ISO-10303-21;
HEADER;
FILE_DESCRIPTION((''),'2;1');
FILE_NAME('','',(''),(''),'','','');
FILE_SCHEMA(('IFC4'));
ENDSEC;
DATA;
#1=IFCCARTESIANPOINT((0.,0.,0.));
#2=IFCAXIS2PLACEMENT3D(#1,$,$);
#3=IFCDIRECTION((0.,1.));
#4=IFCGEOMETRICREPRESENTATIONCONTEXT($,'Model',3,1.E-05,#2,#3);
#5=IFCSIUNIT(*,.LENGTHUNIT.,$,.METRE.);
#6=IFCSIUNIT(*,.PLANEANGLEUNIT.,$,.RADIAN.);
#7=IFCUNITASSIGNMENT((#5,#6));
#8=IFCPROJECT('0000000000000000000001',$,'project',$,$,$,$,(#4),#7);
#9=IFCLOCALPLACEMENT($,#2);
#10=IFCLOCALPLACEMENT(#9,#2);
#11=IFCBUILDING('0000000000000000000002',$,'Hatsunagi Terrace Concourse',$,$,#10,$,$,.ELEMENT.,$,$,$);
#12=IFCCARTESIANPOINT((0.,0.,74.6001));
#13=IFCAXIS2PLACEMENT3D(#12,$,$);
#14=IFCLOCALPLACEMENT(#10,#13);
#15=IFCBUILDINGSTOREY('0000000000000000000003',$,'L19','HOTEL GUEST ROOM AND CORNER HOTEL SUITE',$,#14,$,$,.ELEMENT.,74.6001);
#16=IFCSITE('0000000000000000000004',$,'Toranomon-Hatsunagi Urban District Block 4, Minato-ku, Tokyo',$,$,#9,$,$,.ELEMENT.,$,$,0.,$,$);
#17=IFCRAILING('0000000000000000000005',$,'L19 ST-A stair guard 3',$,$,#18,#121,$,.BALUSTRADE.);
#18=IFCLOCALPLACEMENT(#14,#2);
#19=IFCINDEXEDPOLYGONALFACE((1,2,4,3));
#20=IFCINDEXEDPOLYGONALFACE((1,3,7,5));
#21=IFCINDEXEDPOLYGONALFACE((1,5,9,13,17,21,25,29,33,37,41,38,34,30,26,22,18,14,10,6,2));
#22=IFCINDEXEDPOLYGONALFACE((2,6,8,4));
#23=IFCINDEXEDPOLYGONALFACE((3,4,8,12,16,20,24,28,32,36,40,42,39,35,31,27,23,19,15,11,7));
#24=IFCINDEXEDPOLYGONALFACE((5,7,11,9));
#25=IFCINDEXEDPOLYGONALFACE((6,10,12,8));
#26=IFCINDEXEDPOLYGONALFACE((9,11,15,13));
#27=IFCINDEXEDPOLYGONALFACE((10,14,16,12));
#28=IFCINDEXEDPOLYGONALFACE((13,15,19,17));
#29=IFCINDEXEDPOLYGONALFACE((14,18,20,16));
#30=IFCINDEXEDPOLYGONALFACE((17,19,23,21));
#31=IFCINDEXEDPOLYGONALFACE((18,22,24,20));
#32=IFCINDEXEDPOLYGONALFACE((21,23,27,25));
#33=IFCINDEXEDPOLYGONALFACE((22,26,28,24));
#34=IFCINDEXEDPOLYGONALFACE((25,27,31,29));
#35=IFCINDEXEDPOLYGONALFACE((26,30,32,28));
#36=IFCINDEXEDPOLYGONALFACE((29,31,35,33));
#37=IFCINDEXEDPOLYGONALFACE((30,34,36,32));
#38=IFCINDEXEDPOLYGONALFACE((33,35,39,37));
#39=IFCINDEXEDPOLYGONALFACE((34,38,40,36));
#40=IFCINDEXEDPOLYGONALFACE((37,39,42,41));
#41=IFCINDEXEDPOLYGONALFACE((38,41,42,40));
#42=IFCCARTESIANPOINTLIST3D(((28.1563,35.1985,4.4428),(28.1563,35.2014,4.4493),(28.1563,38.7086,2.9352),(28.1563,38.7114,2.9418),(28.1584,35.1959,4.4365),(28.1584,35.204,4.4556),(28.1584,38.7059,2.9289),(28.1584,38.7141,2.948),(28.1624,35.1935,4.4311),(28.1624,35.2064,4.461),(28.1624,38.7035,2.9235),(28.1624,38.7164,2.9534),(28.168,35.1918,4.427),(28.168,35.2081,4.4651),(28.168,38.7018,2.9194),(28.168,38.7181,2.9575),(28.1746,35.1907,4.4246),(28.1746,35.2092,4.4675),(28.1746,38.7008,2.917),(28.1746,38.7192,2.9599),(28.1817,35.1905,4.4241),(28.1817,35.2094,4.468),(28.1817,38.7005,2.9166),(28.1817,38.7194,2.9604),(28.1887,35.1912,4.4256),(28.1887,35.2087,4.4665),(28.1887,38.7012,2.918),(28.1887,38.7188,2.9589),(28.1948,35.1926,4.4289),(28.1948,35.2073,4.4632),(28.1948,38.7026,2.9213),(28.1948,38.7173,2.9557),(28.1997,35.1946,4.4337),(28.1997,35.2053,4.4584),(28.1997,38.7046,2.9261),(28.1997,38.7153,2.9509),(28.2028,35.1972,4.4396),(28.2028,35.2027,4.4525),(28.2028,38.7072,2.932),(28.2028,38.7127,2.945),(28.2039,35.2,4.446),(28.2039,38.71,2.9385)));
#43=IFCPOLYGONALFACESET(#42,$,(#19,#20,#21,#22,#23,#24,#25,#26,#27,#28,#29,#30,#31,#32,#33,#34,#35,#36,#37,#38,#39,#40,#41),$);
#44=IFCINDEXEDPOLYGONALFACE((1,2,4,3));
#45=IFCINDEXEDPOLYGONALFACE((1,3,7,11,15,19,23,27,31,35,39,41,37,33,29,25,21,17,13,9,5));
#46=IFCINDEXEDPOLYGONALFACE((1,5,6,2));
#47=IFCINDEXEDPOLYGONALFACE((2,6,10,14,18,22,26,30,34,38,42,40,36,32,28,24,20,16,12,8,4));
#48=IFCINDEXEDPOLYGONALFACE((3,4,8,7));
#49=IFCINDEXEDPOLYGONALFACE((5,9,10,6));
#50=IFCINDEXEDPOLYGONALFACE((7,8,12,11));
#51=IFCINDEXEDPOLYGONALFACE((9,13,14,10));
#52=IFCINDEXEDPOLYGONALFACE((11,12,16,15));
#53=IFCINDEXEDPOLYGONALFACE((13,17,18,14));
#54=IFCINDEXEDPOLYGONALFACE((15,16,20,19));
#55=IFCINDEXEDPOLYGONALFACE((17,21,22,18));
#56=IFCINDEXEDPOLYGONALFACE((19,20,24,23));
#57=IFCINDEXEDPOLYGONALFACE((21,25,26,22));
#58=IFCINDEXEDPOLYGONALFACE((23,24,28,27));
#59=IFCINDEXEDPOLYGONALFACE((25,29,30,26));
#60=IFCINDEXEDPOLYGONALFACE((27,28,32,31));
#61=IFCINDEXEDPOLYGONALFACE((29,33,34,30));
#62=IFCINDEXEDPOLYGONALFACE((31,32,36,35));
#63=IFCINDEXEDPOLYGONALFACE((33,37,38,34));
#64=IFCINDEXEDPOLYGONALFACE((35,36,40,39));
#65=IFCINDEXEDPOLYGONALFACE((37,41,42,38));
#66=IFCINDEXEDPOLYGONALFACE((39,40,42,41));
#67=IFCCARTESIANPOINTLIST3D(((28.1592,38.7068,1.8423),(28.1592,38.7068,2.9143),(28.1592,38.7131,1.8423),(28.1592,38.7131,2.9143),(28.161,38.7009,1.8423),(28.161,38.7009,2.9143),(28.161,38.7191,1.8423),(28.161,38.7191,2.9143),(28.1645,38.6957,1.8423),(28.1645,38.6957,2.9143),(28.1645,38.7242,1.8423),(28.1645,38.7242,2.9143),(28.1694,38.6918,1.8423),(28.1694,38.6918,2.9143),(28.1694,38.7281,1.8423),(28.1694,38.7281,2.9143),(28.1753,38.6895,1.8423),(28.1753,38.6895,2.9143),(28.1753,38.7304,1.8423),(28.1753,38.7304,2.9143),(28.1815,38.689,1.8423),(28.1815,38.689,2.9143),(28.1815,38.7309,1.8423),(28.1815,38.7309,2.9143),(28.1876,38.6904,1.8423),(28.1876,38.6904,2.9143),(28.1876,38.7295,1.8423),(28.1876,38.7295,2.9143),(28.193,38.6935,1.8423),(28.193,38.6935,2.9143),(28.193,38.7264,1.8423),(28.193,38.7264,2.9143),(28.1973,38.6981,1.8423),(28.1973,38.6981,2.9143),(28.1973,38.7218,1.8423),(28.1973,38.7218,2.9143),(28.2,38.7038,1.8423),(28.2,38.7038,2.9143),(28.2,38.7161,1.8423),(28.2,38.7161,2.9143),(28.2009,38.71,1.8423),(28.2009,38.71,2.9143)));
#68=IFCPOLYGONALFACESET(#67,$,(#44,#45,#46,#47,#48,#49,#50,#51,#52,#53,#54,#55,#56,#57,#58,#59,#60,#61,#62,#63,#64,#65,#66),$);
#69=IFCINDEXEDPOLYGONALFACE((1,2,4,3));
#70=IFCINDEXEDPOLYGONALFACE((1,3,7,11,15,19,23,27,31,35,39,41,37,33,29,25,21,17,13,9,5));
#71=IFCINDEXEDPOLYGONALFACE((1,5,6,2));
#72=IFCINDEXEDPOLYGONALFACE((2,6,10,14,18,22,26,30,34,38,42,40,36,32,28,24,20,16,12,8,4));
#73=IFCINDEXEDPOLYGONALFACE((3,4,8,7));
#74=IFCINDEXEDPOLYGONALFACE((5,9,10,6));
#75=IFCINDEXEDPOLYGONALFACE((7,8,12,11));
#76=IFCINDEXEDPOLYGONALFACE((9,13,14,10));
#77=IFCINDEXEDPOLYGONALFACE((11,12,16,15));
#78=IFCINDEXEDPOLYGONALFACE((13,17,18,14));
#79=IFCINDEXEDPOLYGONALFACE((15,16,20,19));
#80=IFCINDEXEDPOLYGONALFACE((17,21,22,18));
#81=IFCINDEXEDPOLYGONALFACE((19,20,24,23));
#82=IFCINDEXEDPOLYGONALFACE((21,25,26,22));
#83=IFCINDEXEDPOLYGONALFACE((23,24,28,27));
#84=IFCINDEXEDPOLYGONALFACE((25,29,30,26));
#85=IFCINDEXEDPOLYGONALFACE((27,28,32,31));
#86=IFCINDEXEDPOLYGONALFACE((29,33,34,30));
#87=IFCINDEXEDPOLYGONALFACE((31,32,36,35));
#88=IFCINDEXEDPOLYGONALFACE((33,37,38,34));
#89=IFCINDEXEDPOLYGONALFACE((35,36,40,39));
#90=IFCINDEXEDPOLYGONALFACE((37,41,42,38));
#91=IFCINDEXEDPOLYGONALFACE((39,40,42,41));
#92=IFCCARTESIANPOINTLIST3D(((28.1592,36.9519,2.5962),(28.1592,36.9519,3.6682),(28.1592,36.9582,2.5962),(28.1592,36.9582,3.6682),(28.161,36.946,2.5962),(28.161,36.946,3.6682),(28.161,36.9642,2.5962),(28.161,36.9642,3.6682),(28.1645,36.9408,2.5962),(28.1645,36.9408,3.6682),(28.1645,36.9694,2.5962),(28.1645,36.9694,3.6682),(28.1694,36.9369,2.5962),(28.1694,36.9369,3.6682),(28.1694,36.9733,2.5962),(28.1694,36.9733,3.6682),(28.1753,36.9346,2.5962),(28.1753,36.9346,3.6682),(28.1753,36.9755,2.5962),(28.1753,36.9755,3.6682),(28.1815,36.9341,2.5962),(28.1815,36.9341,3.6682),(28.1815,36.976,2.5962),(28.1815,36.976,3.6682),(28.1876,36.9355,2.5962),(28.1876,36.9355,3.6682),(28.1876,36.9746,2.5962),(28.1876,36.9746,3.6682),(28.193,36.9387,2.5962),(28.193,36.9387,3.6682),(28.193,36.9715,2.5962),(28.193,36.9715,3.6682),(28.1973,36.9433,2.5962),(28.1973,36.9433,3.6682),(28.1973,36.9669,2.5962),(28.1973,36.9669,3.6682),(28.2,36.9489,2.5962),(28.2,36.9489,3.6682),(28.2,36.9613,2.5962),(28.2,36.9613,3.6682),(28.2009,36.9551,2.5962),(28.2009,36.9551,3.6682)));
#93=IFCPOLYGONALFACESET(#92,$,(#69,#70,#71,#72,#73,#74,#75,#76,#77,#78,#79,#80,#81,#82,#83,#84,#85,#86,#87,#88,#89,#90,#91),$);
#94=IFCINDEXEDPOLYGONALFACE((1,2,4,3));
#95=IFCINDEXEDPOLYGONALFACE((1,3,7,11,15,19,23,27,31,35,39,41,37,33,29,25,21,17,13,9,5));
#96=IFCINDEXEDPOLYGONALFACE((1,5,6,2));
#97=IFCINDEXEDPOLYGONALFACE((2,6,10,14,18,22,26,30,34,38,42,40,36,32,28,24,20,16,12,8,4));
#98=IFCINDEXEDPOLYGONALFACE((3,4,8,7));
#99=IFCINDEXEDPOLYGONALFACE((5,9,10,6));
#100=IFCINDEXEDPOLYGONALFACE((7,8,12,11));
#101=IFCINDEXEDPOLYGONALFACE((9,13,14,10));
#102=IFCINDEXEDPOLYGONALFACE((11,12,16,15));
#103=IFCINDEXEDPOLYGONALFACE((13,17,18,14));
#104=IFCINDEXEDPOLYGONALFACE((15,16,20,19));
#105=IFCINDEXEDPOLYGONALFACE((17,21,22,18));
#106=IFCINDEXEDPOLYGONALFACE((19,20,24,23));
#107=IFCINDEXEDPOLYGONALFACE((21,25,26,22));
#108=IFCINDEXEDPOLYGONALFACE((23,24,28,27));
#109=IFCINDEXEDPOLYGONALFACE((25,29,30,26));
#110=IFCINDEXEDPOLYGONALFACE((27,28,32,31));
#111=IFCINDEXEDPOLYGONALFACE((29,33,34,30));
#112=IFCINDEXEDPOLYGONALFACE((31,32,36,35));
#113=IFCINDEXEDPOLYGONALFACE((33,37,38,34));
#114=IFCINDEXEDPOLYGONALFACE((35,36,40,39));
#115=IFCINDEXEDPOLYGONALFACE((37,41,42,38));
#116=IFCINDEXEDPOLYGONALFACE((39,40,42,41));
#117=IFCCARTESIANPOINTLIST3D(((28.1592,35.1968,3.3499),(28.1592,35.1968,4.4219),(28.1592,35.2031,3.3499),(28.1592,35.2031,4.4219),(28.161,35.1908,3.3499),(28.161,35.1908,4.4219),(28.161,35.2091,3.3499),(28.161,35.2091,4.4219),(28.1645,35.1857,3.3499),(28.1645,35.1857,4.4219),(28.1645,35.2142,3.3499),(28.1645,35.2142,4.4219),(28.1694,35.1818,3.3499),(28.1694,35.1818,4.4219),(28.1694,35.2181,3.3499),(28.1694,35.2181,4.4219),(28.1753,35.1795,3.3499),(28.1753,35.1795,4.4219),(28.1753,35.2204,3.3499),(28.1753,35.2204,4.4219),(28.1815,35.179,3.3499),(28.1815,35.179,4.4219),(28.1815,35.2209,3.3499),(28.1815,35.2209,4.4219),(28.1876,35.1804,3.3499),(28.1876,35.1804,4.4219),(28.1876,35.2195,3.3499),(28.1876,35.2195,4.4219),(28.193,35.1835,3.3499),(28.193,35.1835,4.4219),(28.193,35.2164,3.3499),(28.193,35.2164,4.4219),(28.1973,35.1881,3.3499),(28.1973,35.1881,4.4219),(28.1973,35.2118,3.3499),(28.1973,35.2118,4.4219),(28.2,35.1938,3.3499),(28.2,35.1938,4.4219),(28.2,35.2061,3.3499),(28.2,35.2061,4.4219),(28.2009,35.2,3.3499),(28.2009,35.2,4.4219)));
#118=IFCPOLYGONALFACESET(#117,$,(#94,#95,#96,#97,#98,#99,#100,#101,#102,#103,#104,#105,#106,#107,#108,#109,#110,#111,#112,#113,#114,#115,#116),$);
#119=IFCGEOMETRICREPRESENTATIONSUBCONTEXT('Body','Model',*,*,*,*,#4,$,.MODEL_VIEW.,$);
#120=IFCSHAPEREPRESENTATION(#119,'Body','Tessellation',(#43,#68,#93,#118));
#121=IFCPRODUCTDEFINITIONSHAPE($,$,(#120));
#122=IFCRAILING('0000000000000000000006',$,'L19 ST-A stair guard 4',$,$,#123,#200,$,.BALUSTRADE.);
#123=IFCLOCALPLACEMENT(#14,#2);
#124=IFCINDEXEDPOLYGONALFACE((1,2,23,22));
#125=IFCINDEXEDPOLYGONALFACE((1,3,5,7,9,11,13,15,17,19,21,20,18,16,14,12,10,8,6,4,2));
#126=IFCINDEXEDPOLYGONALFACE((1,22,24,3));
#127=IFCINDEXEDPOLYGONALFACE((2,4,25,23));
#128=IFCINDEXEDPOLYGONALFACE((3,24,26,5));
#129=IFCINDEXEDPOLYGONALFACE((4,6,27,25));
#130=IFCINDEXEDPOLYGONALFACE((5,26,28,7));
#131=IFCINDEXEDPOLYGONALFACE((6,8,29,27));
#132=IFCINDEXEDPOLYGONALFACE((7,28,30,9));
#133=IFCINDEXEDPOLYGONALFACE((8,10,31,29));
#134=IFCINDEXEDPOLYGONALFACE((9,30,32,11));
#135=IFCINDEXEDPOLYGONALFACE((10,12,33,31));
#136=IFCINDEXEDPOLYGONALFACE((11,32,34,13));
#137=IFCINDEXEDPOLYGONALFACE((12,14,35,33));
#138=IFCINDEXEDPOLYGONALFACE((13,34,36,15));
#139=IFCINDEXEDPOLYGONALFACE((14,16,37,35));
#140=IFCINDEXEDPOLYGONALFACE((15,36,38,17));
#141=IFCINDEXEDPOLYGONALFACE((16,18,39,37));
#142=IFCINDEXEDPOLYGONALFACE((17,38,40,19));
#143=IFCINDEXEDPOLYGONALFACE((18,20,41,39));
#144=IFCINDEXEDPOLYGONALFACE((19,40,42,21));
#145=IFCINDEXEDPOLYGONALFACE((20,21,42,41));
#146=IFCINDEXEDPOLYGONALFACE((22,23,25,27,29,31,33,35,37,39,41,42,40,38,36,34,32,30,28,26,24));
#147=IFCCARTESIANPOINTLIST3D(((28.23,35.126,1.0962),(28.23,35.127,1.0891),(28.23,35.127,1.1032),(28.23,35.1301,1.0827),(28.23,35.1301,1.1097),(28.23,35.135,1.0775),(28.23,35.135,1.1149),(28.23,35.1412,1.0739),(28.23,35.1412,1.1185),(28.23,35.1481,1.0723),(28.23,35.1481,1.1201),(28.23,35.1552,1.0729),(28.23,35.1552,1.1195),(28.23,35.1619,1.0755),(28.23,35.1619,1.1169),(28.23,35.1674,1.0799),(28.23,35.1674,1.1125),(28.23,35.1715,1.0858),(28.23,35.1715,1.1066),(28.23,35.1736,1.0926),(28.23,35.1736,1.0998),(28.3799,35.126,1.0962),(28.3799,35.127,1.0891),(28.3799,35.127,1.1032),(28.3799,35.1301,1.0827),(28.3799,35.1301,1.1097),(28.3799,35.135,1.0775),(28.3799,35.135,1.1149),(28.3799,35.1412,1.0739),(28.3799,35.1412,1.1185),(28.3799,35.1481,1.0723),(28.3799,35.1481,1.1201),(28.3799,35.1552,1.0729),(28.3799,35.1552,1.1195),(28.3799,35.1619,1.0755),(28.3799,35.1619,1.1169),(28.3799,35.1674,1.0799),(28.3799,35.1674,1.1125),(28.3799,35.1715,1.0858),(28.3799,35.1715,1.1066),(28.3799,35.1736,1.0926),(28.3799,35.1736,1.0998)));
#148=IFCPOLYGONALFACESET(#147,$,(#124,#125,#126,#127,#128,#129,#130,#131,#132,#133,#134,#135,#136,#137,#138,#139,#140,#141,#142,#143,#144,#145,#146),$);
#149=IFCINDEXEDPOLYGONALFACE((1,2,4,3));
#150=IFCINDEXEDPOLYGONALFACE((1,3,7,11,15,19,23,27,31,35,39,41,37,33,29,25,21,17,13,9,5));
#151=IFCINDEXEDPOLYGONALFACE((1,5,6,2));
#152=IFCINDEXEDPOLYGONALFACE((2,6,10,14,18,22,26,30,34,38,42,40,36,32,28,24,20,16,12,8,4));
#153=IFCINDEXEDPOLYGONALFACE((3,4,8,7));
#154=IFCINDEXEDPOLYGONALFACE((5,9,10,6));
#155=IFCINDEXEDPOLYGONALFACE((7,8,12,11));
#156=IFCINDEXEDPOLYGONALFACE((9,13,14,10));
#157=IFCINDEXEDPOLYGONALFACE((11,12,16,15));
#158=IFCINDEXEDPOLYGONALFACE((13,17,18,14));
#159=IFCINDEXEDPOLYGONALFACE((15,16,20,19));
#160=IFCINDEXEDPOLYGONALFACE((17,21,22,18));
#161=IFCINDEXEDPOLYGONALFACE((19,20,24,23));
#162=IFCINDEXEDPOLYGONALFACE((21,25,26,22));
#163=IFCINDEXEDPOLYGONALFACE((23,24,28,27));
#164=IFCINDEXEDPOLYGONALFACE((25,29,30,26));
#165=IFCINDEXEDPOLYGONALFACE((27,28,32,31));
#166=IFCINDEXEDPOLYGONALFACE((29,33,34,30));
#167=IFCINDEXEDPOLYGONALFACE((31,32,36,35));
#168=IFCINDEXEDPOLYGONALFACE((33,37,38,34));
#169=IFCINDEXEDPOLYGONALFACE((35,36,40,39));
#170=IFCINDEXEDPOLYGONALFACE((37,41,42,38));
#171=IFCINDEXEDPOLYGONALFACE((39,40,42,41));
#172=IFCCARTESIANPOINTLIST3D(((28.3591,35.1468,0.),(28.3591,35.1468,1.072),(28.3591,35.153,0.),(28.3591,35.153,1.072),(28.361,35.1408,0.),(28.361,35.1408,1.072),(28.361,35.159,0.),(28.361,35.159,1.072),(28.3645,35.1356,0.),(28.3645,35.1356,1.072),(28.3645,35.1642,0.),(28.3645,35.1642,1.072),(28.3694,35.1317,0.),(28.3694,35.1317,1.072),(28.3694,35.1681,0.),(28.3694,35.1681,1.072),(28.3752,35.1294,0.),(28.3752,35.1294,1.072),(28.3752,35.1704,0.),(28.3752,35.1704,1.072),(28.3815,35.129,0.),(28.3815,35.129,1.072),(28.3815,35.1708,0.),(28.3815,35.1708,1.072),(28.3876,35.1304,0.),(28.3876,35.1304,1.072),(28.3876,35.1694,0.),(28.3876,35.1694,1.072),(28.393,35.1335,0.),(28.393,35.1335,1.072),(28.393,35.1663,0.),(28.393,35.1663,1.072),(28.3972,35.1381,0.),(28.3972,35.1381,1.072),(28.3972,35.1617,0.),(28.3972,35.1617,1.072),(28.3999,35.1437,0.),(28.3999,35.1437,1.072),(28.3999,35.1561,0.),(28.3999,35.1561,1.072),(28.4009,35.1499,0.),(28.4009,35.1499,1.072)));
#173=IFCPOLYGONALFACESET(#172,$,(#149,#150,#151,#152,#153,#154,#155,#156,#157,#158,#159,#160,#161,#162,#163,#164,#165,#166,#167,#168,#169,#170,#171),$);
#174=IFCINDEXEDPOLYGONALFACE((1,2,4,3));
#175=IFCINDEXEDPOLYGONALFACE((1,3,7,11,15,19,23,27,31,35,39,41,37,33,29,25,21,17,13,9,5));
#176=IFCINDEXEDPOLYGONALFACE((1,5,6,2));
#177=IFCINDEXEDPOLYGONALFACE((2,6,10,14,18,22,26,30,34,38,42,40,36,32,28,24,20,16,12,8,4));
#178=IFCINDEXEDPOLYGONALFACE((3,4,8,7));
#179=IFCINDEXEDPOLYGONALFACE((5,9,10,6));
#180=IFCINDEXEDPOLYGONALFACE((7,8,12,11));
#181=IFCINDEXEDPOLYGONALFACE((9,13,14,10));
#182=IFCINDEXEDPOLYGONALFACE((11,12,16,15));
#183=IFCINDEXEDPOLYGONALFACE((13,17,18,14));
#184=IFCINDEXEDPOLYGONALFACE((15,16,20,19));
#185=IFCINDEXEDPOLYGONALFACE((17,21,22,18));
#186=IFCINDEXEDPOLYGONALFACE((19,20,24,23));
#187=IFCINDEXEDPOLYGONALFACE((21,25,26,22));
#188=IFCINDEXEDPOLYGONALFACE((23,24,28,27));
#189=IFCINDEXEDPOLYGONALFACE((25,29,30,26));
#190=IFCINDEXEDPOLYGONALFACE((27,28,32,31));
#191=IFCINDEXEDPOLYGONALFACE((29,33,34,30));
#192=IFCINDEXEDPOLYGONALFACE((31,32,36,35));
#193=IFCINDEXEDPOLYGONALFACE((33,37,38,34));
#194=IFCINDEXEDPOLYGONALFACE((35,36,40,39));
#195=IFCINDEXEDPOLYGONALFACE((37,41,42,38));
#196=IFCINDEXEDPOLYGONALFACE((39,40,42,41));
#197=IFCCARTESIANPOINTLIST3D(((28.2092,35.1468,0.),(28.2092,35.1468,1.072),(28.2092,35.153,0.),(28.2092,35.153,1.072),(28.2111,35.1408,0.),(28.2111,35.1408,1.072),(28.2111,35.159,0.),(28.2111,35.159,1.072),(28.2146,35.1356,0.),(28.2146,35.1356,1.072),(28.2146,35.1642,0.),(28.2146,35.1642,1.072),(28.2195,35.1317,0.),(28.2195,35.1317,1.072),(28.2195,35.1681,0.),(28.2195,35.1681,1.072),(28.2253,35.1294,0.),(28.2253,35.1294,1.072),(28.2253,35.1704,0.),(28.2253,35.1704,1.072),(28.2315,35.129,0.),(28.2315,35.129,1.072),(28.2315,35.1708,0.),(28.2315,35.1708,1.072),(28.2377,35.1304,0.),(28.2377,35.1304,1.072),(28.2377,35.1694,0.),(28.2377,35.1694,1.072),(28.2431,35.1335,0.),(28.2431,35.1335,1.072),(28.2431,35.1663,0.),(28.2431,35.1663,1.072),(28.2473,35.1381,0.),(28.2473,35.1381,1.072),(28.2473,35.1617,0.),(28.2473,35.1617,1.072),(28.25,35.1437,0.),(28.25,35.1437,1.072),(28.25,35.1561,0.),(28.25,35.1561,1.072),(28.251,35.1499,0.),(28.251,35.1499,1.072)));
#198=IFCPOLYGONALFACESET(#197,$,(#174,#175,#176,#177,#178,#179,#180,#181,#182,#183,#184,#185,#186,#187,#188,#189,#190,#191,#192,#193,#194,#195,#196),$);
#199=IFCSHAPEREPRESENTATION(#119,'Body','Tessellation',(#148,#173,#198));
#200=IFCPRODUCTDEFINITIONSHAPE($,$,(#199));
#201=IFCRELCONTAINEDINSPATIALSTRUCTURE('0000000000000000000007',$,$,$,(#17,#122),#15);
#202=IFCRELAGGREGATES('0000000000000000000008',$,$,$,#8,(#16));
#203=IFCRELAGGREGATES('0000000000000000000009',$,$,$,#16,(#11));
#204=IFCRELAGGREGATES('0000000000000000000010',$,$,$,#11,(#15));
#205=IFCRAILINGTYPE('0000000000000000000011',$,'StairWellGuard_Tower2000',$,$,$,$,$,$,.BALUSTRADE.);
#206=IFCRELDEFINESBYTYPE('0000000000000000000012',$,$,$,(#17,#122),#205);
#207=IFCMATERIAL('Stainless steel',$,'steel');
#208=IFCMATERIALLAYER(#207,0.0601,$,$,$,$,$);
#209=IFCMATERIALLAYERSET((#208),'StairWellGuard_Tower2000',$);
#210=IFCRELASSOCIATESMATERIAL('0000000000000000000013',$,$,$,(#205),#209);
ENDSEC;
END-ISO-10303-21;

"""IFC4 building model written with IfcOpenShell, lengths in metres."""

from ifc_helpers import new_model, si_unit, direction, frame, origin, origin_2d, place, context, subcontext, project, spatial, circle, extrude, material, layer, layer_set, type_object, element, save


model = new_model("IFC4")

# Units and contexts
model_context = context("Model", 3, precision=1e-05, world=origin(), true_north=direction((0.0, 1.0)))
body_context = subcontext(model_context, "Body", "Model", "MODEL_VIEW")
ifc_project = project(units=[si_unit("LENGTHUNIT", "METRE"), si_unit("PLANEANGLEUNIT", "RADIAN")], contexts=[model_context])

# Site, building, storey
site_placement = place(None, origin())
site = spatial("IfcSite", under=ifc_project, at=site_placement, Name="Toranomon-Hatsunagi Urban District Block 4, Minato-ku, Tokyo", CompositionType="ELEMENT", RefElevation=0.0)
building_placement = place(site_placement, origin())
building = spatial("IfcBuilding", under=site, at=building_placement, Name="Hatsunagi Terrace Concourse", CompositionType="ELEMENT")
storey_placement = place(building_placement, frame((0.0, 0.0, 74.6001)))
storey = spatial("IfcBuildingStorey", under=building, at=storey_placement, Name="L19", Description="HOTEL GUEST ROOM AND CORNER HOTEL SUITE", CompositionType="ELEMENT", Elevation=74.6001)

# Railings
ifc_material_1 = material(Name="Stainless steel", Category="steel")
ifc_layer_1 = layer(ifc_material_1, 0.0601)
ifc_layer_set_1 = layer_set([ifc_layer_1], Name="StairWellGuard_Tower2000")
railing_type_1 = type_object("IfcRailingType", Name="StairWellGuard_Tower2000", PredefinedType="BALUSTRADE", material=ifc_layer_set_1)
railing_1_placement = place(storey_placement, frame((28.1799, 38.71, 1.8423)))
element("IfcRailing", 1, at=railing_1_placement, inside=storey, type_object=railing_type_1, Name="L19 ST-A stair guard 3", PredefinedType="BALUSTRADE", context=body_context, shape_type="SweptSolid", body=[
    extrude(circle(Radius=0.0239, at=origin_2d()), frame((0.0, 0.0, 1.0962), z_axis=(0.0, -0.918834, 0.394644), x_axis=(1.0, 0.0, 0.0)), (0.0, 0.0, 1.0), 3.8201),
    extrude(circle(Radius=0.021, at=origin_2d()), origin(), (0.0, 0.0, 1.0), 1.072),
    extrude(circle(Radius=0.021, at=origin_2d()), frame((0.0, -1.7549, 0.7539)), (0.0, 0.0, 1.0), 1.072),
    extrude(circle(Radius=0.021, at=origin_2d()), frame((0.0, -3.51, 1.5076)), (0.0, 0.0, 1.0), 1.072),
])
railing_2_placement = place(storey_placement, frame((28.3799, 35.1499, 0.0)))
element("IfcRailing", 2, at=railing_2_placement, inside=storey, type_object=railing_type_1, Name="L19 ST-A stair guard 4", PredefinedType="BALUSTRADE", context=body_context, shape_type="SweptSolid", body=[
    extrude(circle(Radius=0.0239, at=origin_2d()), frame((0.0, 0.0, 1.0962), z_axis=(-1.0, 0.0, 0.0), x_axis=(0.0, -1.0, 0.0)), (0.0, 0.0, 1.0), 0.1499),
    extrude(circle(Radius=0.021, at=origin_2d()), origin(), (0.0, 0.0, 1.0), 1.072),
    extrude(circle(Radius=0.021, at=origin_2d()), frame((-0.1499, 0.0, 0.0)), (0.0, 0.0, 1.0), 1.072),
])

save(model, "model.ifc")
